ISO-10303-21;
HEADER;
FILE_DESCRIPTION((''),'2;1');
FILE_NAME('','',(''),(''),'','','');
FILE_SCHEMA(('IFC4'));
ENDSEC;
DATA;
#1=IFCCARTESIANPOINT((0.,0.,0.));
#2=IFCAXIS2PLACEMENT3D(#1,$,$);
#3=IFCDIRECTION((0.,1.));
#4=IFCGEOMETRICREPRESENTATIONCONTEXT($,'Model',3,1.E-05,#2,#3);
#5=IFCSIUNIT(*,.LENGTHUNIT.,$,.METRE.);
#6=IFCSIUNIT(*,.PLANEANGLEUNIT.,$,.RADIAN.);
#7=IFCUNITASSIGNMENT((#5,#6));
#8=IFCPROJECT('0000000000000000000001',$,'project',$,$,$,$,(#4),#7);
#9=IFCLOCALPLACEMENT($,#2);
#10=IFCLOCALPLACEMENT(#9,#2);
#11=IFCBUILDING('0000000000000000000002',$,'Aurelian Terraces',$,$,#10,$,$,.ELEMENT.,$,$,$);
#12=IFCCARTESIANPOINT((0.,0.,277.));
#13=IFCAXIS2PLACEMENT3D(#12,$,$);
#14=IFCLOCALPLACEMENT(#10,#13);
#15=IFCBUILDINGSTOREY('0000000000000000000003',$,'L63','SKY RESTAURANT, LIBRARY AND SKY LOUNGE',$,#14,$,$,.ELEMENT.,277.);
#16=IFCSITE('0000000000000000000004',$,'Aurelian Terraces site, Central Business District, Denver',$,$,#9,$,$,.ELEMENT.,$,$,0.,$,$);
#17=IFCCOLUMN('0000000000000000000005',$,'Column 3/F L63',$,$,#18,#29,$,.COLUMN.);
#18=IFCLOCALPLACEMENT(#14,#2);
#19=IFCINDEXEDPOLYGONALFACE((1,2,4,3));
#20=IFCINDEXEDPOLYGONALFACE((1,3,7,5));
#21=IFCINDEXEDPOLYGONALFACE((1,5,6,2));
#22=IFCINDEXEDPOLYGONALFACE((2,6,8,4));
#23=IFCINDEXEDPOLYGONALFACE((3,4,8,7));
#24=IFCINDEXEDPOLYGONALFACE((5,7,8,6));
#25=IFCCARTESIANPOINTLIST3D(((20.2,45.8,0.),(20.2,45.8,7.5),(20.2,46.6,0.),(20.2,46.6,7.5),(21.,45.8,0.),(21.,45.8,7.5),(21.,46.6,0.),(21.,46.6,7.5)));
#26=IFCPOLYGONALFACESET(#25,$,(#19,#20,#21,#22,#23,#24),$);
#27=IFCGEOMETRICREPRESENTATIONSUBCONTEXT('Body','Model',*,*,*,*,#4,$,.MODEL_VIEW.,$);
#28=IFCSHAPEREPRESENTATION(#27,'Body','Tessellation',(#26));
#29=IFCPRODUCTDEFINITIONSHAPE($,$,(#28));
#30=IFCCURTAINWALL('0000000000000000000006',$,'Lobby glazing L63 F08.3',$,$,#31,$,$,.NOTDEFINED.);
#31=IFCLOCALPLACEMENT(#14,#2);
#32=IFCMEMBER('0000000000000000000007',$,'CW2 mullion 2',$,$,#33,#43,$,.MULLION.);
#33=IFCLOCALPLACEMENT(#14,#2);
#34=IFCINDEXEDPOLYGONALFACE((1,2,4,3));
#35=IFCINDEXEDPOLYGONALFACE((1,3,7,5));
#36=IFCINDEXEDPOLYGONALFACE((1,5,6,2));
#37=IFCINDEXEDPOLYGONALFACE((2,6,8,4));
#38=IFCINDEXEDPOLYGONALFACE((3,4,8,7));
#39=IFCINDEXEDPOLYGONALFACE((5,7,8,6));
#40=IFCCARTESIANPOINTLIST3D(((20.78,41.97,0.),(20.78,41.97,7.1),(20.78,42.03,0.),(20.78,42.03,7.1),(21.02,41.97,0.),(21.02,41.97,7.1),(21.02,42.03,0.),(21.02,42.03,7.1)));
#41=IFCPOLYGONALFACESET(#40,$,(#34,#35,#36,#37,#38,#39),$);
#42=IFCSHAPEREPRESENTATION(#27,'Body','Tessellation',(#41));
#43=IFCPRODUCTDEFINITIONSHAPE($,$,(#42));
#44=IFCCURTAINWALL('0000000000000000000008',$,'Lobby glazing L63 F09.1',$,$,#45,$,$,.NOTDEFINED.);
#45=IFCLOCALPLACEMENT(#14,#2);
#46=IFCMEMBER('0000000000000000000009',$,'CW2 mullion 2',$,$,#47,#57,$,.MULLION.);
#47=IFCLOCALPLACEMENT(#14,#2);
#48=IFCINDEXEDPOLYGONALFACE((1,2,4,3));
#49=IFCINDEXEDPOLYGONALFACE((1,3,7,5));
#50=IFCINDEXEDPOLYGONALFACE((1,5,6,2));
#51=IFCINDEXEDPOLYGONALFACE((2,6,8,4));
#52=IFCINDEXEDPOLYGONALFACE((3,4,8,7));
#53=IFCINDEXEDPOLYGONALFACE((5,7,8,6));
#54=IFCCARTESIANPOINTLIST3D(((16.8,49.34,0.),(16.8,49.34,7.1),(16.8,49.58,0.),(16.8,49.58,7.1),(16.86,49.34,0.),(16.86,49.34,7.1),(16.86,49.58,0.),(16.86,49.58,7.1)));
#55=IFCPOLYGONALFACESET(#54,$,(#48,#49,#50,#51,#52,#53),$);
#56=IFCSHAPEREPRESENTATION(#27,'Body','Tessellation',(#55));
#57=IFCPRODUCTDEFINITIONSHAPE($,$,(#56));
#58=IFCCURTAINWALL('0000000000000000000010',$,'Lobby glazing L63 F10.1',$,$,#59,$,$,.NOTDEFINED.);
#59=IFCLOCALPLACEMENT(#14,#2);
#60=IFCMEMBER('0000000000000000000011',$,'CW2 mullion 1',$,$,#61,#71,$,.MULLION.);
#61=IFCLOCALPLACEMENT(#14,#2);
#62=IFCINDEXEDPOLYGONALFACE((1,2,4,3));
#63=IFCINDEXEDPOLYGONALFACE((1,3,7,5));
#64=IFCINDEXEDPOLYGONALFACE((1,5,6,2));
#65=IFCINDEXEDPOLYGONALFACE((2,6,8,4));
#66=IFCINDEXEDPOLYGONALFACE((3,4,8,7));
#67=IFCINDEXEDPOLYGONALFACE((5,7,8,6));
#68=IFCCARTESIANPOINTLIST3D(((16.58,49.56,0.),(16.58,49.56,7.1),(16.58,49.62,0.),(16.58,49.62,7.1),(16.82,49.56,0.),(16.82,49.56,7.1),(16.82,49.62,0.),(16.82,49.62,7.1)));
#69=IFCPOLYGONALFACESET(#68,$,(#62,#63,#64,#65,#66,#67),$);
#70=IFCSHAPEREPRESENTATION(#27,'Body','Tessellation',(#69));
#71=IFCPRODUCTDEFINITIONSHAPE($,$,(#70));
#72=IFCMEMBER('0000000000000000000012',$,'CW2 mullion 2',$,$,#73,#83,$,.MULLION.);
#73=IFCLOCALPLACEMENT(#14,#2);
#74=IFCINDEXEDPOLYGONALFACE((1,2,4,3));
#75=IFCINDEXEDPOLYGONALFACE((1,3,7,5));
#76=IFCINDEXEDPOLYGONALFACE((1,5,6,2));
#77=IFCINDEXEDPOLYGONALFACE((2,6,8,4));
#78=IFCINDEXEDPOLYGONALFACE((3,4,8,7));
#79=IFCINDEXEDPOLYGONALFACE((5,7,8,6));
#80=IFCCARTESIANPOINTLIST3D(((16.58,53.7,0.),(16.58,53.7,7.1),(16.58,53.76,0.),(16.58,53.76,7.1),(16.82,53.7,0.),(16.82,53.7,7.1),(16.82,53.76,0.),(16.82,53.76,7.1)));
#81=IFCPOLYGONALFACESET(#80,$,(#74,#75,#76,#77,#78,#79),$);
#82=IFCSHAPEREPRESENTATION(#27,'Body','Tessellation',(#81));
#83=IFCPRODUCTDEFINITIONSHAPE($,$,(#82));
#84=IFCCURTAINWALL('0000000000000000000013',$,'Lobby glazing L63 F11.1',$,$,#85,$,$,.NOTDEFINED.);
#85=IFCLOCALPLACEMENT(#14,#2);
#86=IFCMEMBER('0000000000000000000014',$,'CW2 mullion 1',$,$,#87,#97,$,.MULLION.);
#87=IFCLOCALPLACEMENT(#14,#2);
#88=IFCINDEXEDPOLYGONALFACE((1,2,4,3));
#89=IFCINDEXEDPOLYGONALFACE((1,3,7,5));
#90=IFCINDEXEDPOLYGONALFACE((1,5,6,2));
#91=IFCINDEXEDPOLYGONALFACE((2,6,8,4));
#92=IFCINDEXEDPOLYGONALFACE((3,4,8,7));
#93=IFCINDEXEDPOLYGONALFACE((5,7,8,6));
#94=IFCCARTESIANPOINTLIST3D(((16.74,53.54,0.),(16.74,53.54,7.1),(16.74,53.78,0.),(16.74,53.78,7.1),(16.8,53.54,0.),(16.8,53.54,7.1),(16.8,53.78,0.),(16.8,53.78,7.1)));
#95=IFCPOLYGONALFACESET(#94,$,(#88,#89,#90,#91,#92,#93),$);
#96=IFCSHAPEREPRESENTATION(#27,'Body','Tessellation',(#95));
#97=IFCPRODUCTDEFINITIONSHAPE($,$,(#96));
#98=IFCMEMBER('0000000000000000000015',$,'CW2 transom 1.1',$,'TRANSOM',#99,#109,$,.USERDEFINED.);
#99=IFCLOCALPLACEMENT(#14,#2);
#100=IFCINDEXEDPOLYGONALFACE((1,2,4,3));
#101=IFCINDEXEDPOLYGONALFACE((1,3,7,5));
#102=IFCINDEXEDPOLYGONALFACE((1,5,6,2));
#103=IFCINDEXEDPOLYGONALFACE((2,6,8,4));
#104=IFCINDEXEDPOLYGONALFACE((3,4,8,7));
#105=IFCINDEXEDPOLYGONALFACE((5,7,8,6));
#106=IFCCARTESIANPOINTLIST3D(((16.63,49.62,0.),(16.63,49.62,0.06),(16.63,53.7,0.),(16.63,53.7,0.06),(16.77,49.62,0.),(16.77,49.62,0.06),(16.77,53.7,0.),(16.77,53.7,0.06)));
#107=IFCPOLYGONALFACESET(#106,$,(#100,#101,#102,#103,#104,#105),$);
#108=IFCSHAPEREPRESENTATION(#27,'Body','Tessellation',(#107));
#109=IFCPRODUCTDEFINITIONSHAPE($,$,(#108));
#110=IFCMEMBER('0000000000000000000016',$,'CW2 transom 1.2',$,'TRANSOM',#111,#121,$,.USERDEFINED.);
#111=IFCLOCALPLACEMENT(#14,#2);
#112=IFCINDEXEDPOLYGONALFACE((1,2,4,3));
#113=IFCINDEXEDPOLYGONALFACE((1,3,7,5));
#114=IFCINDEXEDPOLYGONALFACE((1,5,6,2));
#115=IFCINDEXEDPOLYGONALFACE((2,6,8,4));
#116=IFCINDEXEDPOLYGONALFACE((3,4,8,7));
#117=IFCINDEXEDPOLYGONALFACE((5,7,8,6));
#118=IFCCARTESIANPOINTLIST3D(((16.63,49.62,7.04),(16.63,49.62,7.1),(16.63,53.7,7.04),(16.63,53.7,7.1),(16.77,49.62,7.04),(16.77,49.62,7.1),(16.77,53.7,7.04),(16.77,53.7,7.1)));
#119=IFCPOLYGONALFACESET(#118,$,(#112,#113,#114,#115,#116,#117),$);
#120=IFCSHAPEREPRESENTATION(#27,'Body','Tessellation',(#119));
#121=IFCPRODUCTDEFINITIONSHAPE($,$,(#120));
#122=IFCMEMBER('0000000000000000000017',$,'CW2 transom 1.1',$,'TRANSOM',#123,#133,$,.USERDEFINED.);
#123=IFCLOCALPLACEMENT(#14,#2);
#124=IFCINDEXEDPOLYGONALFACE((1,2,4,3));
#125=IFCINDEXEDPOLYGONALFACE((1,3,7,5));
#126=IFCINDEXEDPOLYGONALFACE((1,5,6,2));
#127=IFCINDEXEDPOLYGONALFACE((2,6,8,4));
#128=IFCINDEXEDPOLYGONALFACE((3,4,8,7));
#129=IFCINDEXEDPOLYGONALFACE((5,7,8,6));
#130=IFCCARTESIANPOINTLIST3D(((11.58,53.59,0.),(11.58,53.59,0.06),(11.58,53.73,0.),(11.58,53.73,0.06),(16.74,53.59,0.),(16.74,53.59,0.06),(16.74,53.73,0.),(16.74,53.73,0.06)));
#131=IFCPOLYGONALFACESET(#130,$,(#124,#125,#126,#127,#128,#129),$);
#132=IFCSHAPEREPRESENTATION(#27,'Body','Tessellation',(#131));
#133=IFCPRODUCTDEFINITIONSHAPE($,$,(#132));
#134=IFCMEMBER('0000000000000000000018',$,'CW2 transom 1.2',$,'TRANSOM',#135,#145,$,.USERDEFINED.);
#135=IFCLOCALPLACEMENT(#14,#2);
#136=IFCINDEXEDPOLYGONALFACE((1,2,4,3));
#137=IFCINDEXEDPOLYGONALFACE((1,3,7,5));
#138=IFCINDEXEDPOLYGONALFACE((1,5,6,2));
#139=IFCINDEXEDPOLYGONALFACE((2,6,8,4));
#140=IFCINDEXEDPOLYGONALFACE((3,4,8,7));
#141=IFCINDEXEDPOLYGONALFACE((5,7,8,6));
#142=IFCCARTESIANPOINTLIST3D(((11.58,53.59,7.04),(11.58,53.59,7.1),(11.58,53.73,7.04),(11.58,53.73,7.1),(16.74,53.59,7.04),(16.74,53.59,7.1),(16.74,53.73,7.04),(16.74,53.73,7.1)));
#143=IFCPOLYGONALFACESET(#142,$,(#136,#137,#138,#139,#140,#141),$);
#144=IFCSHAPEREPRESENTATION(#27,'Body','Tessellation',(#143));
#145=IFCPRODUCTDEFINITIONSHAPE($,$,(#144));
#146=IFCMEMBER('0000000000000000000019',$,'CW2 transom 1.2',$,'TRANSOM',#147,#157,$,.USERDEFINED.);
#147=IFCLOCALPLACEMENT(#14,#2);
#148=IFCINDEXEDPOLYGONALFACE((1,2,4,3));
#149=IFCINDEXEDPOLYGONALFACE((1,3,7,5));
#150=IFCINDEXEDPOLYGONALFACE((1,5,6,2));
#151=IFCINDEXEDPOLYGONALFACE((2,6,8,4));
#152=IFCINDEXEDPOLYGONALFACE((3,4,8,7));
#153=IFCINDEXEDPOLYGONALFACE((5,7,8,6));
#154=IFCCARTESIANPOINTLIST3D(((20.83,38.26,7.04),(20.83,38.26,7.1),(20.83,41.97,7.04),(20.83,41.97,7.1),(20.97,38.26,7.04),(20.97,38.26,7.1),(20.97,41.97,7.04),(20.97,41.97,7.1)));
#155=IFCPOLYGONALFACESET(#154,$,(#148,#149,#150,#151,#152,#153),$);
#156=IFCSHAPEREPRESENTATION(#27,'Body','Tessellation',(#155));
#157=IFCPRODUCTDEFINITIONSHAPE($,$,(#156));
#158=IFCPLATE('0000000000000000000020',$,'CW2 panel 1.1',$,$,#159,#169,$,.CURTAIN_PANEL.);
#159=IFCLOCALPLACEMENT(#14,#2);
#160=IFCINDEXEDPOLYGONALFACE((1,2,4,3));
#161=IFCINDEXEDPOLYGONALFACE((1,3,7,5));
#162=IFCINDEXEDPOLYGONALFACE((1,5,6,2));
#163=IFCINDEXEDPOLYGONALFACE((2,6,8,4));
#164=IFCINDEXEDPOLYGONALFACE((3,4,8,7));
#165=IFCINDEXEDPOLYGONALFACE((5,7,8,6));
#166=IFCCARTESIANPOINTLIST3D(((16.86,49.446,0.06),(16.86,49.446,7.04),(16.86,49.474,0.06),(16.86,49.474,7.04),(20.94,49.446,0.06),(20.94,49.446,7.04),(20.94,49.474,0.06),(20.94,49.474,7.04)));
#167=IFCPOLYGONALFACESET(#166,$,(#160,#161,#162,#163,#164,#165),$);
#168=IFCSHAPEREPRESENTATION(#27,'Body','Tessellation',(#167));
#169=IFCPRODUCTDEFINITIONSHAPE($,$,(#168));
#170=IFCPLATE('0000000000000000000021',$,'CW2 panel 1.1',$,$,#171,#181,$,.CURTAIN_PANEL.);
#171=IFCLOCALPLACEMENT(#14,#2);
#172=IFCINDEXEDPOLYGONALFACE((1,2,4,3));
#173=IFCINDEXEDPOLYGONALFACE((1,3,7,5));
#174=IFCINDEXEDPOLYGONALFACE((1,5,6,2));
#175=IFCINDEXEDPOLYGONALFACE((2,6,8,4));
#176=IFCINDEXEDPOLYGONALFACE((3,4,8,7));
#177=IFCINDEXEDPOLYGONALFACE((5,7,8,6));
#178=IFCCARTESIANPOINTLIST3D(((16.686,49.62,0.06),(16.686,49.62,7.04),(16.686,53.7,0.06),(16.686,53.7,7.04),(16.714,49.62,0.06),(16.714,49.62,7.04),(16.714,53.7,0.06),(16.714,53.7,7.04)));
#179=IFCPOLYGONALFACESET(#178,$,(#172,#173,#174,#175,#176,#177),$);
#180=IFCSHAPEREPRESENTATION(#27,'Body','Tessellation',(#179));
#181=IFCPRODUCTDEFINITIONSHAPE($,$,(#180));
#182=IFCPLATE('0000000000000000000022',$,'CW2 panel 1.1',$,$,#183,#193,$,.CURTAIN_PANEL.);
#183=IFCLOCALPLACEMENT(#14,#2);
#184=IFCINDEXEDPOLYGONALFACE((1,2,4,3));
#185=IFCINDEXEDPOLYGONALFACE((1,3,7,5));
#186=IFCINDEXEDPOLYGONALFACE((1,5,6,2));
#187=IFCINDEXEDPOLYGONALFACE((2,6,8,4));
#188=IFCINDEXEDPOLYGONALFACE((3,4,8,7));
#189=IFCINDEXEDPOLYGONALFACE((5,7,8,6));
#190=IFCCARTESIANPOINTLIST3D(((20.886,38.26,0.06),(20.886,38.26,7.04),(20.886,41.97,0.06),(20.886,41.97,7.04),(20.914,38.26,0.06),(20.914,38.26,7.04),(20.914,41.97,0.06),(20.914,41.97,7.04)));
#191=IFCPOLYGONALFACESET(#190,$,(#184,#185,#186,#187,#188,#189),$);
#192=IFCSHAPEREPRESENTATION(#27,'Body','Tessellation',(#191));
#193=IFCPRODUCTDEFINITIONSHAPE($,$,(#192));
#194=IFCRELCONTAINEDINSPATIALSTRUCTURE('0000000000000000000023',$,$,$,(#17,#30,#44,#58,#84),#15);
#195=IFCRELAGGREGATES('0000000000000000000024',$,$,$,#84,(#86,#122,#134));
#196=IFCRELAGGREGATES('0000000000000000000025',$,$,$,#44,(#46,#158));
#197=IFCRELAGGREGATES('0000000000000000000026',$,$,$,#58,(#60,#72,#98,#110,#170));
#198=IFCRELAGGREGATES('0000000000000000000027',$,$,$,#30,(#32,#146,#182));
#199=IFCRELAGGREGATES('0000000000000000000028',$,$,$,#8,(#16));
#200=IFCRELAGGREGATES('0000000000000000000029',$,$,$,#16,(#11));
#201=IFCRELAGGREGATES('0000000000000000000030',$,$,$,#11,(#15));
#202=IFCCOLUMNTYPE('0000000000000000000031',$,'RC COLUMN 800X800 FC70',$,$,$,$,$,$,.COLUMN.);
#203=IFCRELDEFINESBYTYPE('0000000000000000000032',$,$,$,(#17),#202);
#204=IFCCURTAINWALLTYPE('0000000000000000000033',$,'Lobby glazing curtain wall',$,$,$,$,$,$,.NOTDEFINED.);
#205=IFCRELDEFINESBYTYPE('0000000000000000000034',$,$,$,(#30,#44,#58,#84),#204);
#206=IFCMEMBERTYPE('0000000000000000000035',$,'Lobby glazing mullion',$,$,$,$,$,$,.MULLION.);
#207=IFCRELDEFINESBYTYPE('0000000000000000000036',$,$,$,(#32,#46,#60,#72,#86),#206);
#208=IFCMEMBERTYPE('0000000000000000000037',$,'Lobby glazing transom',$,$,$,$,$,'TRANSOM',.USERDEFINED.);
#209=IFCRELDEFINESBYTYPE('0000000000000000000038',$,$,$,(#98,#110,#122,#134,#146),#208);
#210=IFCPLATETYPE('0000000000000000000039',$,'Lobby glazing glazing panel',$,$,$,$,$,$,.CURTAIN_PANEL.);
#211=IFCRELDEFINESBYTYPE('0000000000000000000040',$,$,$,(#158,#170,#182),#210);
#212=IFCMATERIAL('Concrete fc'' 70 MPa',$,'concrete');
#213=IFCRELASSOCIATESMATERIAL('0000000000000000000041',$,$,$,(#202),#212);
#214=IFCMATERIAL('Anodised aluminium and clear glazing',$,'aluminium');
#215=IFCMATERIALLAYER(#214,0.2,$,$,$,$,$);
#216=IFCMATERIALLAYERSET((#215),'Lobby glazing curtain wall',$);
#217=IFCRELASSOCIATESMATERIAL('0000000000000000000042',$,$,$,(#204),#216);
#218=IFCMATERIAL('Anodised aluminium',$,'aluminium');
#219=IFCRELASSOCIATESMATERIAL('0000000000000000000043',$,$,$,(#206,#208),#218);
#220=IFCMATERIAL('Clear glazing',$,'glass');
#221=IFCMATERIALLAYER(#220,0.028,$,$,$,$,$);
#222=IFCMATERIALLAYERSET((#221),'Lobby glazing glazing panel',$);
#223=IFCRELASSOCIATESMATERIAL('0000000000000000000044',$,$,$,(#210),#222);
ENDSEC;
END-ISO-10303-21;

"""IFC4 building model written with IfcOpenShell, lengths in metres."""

from ifc_helpers import new_model, si_unit, direction, frame, origin, origin_2d, place, context, subcontext, project, spatial, rectangle, extrude, source, transform, mapped, material, layer, layer_set, material_profile, profile_set, type_object, element, aggregate, save


model = new_model("IFC4")

# Units and contexts
model_context = context("Model", 3, precision=1e-05, world=origin(), true_north=direction((0.0, 1.0)))
body_context = subcontext(model_context, "Body", "Model", "MODEL_VIEW")
ifc_project = project(units=[si_unit("LENGTHUNIT", "METRE"), si_unit("PLANEANGLEUNIT", "RADIAN")], contexts=[model_context])

# Site, building, storey
site_placement = place(None, origin())
site = spatial("IfcSite", under=ifc_project, at=site_placement, Name="Aurelian Terraces site, Central Business District, Denver", CompositionType="ELEMENT", RefElevation=0.0)
building_placement = place(site_placement, origin())
building = spatial("IfcBuilding", under=site, at=building_placement, Name="Aurelian Terraces", CompositionType="ELEMENT")
storey_placement = place(building_placement, frame((0.0, 0.0, 277.0)))
storey = spatial("IfcBuildingStorey", under=building, at=storey_placement, Name="L63", Description="SKY RESTAURANT, LIBRARY AND SKY LOUNGE", CompositionType="ELEMENT", Elevation=277.0)

# Column
ifc_material_1 = material(Name="Concrete fc' 70 MPa", Category="concrete")
ifc_material_profile_1 = material_profile(ifc_material_1, rectangle(XDim=0.8, YDim=0.8, at=origin_2d()))
ifc_profile_set_1 = profile_set([ifc_material_profile_1], Name="Concrete fc' 70 MPa")
column_type = type_object("IfcColumnType", Name="RC COLUMN 800X800 FC70", PredefinedType="COLUMN", material=ifc_profile_set_1)
shared_shape_1 = source(origin(), body_context, "Body", "SweptSolid", [
    extrude(rectangle(XDim=0.8, YDim=0.8, at=origin_2d()), origin(), (0.0, 0.0, 1.0), 7.5),
])
column_placement = place(storey_placement, frame((20.6, 46.2, 0.0), z_axis=(0.0, 0.0, 1.0), x_axis=(1.0, 0.0, 0.0)))
element("IfcColumn", 1, at=column_placement, inside=storey, type_object=column_type, Name="Column 3/F L63", PredefinedType="COLUMN", context=body_context, shape_type="MappedRepresentation", body=[
    mapped(shared_shape_1, transform((0.0, 0.0, 0.0), scale=1.0)),
])

# Curtain walls, members
ifc_material_2 = material(Name="Anodised aluminium and clear glazing", Category="aluminium")
ifc_layer_1 = layer(ifc_material_2, 0.2)
ifc_layer_set_1 = layer_set([ifc_layer_1], Name="Lobby glazing curtain wall")
curtain_wall_type = type_object("IfcCurtainWallType", Name="Lobby glazing curtain wall", PredefinedType="NOTDEFINED", material=ifc_layer_set_1)
curtain_wall_1_placement = place(storey_placement, origin())
curtain_wall_1 = element("IfcCurtainWall", 2, at=curtain_wall_1_placement, inside=storey, type_object=curtain_wall_type, Name="Lobby glazing L63 F08.3", PredefinedType="NOTDEFINED")
ifc_material_3 = material(Name="Anodised aluminium", Category="aluminium")
ifc_material_profile_2 = material_profile(ifc_material_3, rectangle(XDim=0.24, YDim=0.06, at=origin_2d()))
ifc_profile_set_2 = profile_set([ifc_material_profile_2], Name="Anodised aluminium")
member_type_1 = type_object("IfcMemberType", Name="Lobby glazing mullion", PredefinedType="MULLION", material=ifc_profile_set_2)
shared_shape_2 = source(origin(), body_context, "Body", "SweptSolid", [
    extrude(rectangle(XDim=0.24, YDim=0.06, at=origin_2d()), origin(), (0.0, 0.0, 1.0), 7.1),
])
member_1_placement = place(storey_placement, frame((20.9, 42.0, 0.0), z_axis=(0.0, 0.0, 1.0), x_axis=(-1.0, 0.0, 0.0)))
member_1 = element("IfcMember", 3, at=member_1_placement, type_object=member_type_1, Name="CW2 mullion 2", PredefinedType="MULLION", context=body_context, shape_type="MappedRepresentation", body=[
    mapped(shared_shape_2, transform((0.0, 0.0, 0.0), scale=1.0)),
])
curtain_wall_2_placement = place(storey_placement, origin())
curtain_wall_2 = element("IfcCurtainWall", 4, at=curtain_wall_2_placement, inside=storey, type_object=curtain_wall_type, Name="Lobby glazing L63 F09.1", PredefinedType="NOTDEFINED")
member_2_placement = place(storey_placement, frame((16.83, 49.46, 0.0), z_axis=(0.0, 0.0, 1.0), x_axis=(0.0, -1.0, 0.0)))
member_2 = element("IfcMember", 5, at=member_2_placement, type_object=member_type_1, Name="CW2 mullion 2", PredefinedType="MULLION", context=body_context, shape_type="MappedRepresentation", body=[
    mapped(shared_shape_2, transform((0.0, 0.0, 0.0), scale=1.0)),
])

# Curtain wall, members
curtain_wall_3_placement = place(storey_placement, origin())
curtain_wall_3 = element("IfcCurtainWall", 6, at=curtain_wall_3_placement, inside=storey, type_object=curtain_wall_type, Name="Lobby glazing L63 F10.1", PredefinedType="NOTDEFINED")
member_3_placement = place(storey_placement, frame((16.7, 49.59, 0.0), z_axis=(0.0, 0.0, 1.0), x_axis=(-1.0, 0.0, 0.0)))
member_3 = element("IfcMember", 7, at=member_3_placement, type_object=member_type_1, Name="CW2 mullion 1", PredefinedType="MULLION", context=body_context, shape_type="MappedRepresentation", body=[
    mapped(shared_shape_2, transform((0.0, 0.0, 0.0), scale=1.0)),
])
member_4_placement = place(storey_placement, frame((16.7, 53.73, 0.0), z_axis=(0.0, 0.0, 1.0), x_axis=(-1.0, 0.0, 0.0)))
member_4 = element("IfcMember", 8, at=member_4_placement, type_object=member_type_1, Name="CW2 mullion 2", PredefinedType="MULLION", context=body_context, shape_type="MappedRepresentation", body=[
    mapped(shared_shape_2, transform((0.0, 0.0, 0.0), scale=1.0)),
])

# Curtain wall, member
curtain_wall_4_placement = place(storey_placement, origin())
curtain_wall_4 = element("IfcCurtainWall", 9, at=curtain_wall_4_placement, inside=storey, type_object=curtain_wall_type, Name="Lobby glazing L63 F11.1", PredefinedType="NOTDEFINED")
member_5_placement = place(storey_placement, frame((16.77, 53.66, 0.0), z_axis=(0.0, 0.0, 1.0), x_axis=(0.0, -1.0, 0.0)))
member_5 = element("IfcMember", 10, at=member_5_placement, type_object=member_type_1, Name="CW2 mullion 1", PredefinedType="MULLION", context=body_context, shape_type="MappedRepresentation", body=[
    mapped(shared_shape_2, transform((0.0, 0.0, 0.0), scale=1.0)),
])

# Members
ifc_material_profile_3 = material_profile(ifc_material_3, rectangle(XDim=0.14, YDim=0.06, at=origin_2d()))
ifc_profile_set_3 = profile_set([ifc_material_profile_3], Name="Anodised aluminium")
member_type_2 = type_object("IfcMemberType", Name="Lobby glazing transom", ElementType="TRANSOM", PredefinedType="USERDEFINED", material=ifc_profile_set_3)
shared_shape_3 = source(origin(), body_context, "Body", "SweptSolid", [
    extrude(rectangle(XDim=0.14, YDim=0.06, at=origin_2d()), origin(), (0.0, 0.0, 1.0), 4.08),
])
member_6_placement = place(storey_placement, frame((16.7, 49.62, 0.03), z_axis=(0.0, 1.0, 0.0), x_axis=(-1.0, 0.0, 0.0)))
member_6 = element("IfcMember", 11, at=member_6_placement, type_object=member_type_2, Name="CW2 transom 1.1", ObjectType="TRANSOM", PredefinedType="USERDEFINED", context=body_context, shape_type="MappedRepresentation", body=[
    mapped(shared_shape_3, transform((0.0, 0.0, 0.0), scale=1.0)),
])
member_7_placement = place(storey_placement, frame((16.7, 49.62, 7.07), z_axis=(0.0, 1.0, 0.0), x_axis=(-1.0, 0.0, 0.0)))
member_7 = element("IfcMember", 12, at=member_7_placement, type_object=member_type_2, Name="CW2 transom 1.2", ObjectType="TRANSOM", PredefinedType="USERDEFINED", context=body_context, shape_type="MappedRepresentation", body=[
    mapped(shared_shape_3, transform((0.0, 0.0, 0.0), scale=1.0)),
])
shared_shape_4 = source(origin(), body_context, "Body", "SweptSolid", [
    extrude(rectangle(XDim=0.14, YDim=0.06, at=origin_2d()), origin(), (0.0, 0.0, 1.0), 5.16),
])
member_8_placement = place(storey_placement, frame((16.74, 53.66, 0.03), z_axis=(-1.0, 0.0, 0.0), x_axis=(0.0, -1.0, 0.0)))
member_8 = element("IfcMember", 13, at=member_8_placement, type_object=member_type_2, Name="CW2 transom 1.1", ObjectType="TRANSOM", PredefinedType="USERDEFINED", context=body_context, shape_type="MappedRepresentation", body=[
    mapped(shared_shape_4, transform((0.0, 0.0, 0.0), scale=1.0)),
])
member_9_placement = place(storey_placement, frame((16.74, 53.66, 7.07), z_axis=(-1.0, 0.0, 0.0), x_axis=(0.0, -1.0, 0.0)))
member_9 = element("IfcMember", 14, at=member_9_placement, type_object=member_type_2, Name="CW2 transom 1.2", ObjectType="TRANSOM", PredefinedType="USERDEFINED", context=body_context, shape_type="MappedRepresentation", body=[
    mapped(shared_shape_4, transform((0.0, 0.0, 0.0), scale=1.0)),
])
aggregate(curtain_wall_4, [member_5, member_8, member_9])
shared_shape_5 = source(origin(), body_context, "Body", "SweptSolid", [
    extrude(rectangle(XDim=0.14, YDim=0.06, at=origin_2d()), origin(), (0.0, 0.0, 1.0), 3.71),
])
member_10_placement = place(storey_placement, frame((20.9, 38.26, 7.07), z_axis=(0.0, 1.0, 0.0), x_axis=(-1.0, 0.0, 0.0)))
member_10 = element("IfcMember", 15, at=member_10_placement, type_object=member_type_2, Name="CW2 transom 1.2", ObjectType="TRANSOM", PredefinedType="USERDEFINED", context=body_context, shape_type="MappedRepresentation", body=[
    mapped(shared_shape_5, transform((0.0, 0.0, 0.0), scale=1.0)),
])

# Plates
ifc_material_4 = material(Name="Clear glazing", Category="glass")
ifc_layer_2 = layer(ifc_material_4, 0.028)
ifc_layer_set_2 = layer_set([ifc_layer_2], Name="Lobby glazing glazing panel")
plate_type = type_object("IfcPlateType", Name="Lobby glazing glazing panel", PredefinedType="CURTAIN_PANEL", material=ifc_layer_set_2)
shared_shape_6 = source(origin(), body_context, "Body", "SweptSolid", [
    extrude(rectangle(XDim=4.08, YDim=0.028, at=origin_2d()), origin(), (0.0, 0.0, 1.0), 6.98),
])
plate_1_placement = place(storey_placement, frame((18.9, 49.46, 0.06), z_axis=(0.0, 0.0, 1.0), x_axis=(-1.0, 0.0, 0.0)))
plate_1 = element("IfcPlate", 16, at=plate_1_placement, type_object=plate_type, Name="CW2 panel 1.1", PredefinedType="CURTAIN_PANEL", context=body_context, shape_type="MappedRepresentation", body=[
    mapped(shared_shape_6, transform((0.0, 0.0, 0.0), scale=1.0)),
])
aggregate(curtain_wall_2, [member_2, plate_1])
plate_2_placement = place(storey_placement, frame((16.7, 51.66, 0.06), z_axis=(0.0, 0.0, 1.0), x_axis=(0.0, 1.0, 0.0)))
plate_2 = element("IfcPlate", 17, at=plate_2_placement, type_object=plate_type, Name="CW2 panel 1.1", PredefinedType="CURTAIN_PANEL", context=body_context, shape_type="MappedRepresentation", body=[
    mapped(shared_shape_6, transform((0.0, 0.0, 0.0), scale=1.0)),
])
aggregate(curtain_wall_3, [member_3, member_4, member_6, member_7, plate_2])
shared_shape_7 = source(origin(), body_context, "Body", "SweptSolid", [
    extrude(rectangle(XDim=3.71, YDim=0.028, at=origin_2d()), origin(), (0.0, 0.0, 1.0), 6.98),
])
plate_3_placement = place(storey_placement, frame((20.9, 40.115, 0.06), z_axis=(0.0, 0.0, 1.0), x_axis=(0.0, 1.0, 0.0)))
plate_3 = element("IfcPlate", 18, at=plate_3_placement, type_object=plate_type, Name="CW2 panel 1.1", PredefinedType="CURTAIN_PANEL", context=body_context, shape_type="MappedRepresentation", body=[
    mapped(shared_shape_7, transform((0.0, 0.0, 0.0), scale=1.0)),
])
aggregate(curtain_wall_1, [member_1, member_10, plate_3])

save(model, "model.ifc")
